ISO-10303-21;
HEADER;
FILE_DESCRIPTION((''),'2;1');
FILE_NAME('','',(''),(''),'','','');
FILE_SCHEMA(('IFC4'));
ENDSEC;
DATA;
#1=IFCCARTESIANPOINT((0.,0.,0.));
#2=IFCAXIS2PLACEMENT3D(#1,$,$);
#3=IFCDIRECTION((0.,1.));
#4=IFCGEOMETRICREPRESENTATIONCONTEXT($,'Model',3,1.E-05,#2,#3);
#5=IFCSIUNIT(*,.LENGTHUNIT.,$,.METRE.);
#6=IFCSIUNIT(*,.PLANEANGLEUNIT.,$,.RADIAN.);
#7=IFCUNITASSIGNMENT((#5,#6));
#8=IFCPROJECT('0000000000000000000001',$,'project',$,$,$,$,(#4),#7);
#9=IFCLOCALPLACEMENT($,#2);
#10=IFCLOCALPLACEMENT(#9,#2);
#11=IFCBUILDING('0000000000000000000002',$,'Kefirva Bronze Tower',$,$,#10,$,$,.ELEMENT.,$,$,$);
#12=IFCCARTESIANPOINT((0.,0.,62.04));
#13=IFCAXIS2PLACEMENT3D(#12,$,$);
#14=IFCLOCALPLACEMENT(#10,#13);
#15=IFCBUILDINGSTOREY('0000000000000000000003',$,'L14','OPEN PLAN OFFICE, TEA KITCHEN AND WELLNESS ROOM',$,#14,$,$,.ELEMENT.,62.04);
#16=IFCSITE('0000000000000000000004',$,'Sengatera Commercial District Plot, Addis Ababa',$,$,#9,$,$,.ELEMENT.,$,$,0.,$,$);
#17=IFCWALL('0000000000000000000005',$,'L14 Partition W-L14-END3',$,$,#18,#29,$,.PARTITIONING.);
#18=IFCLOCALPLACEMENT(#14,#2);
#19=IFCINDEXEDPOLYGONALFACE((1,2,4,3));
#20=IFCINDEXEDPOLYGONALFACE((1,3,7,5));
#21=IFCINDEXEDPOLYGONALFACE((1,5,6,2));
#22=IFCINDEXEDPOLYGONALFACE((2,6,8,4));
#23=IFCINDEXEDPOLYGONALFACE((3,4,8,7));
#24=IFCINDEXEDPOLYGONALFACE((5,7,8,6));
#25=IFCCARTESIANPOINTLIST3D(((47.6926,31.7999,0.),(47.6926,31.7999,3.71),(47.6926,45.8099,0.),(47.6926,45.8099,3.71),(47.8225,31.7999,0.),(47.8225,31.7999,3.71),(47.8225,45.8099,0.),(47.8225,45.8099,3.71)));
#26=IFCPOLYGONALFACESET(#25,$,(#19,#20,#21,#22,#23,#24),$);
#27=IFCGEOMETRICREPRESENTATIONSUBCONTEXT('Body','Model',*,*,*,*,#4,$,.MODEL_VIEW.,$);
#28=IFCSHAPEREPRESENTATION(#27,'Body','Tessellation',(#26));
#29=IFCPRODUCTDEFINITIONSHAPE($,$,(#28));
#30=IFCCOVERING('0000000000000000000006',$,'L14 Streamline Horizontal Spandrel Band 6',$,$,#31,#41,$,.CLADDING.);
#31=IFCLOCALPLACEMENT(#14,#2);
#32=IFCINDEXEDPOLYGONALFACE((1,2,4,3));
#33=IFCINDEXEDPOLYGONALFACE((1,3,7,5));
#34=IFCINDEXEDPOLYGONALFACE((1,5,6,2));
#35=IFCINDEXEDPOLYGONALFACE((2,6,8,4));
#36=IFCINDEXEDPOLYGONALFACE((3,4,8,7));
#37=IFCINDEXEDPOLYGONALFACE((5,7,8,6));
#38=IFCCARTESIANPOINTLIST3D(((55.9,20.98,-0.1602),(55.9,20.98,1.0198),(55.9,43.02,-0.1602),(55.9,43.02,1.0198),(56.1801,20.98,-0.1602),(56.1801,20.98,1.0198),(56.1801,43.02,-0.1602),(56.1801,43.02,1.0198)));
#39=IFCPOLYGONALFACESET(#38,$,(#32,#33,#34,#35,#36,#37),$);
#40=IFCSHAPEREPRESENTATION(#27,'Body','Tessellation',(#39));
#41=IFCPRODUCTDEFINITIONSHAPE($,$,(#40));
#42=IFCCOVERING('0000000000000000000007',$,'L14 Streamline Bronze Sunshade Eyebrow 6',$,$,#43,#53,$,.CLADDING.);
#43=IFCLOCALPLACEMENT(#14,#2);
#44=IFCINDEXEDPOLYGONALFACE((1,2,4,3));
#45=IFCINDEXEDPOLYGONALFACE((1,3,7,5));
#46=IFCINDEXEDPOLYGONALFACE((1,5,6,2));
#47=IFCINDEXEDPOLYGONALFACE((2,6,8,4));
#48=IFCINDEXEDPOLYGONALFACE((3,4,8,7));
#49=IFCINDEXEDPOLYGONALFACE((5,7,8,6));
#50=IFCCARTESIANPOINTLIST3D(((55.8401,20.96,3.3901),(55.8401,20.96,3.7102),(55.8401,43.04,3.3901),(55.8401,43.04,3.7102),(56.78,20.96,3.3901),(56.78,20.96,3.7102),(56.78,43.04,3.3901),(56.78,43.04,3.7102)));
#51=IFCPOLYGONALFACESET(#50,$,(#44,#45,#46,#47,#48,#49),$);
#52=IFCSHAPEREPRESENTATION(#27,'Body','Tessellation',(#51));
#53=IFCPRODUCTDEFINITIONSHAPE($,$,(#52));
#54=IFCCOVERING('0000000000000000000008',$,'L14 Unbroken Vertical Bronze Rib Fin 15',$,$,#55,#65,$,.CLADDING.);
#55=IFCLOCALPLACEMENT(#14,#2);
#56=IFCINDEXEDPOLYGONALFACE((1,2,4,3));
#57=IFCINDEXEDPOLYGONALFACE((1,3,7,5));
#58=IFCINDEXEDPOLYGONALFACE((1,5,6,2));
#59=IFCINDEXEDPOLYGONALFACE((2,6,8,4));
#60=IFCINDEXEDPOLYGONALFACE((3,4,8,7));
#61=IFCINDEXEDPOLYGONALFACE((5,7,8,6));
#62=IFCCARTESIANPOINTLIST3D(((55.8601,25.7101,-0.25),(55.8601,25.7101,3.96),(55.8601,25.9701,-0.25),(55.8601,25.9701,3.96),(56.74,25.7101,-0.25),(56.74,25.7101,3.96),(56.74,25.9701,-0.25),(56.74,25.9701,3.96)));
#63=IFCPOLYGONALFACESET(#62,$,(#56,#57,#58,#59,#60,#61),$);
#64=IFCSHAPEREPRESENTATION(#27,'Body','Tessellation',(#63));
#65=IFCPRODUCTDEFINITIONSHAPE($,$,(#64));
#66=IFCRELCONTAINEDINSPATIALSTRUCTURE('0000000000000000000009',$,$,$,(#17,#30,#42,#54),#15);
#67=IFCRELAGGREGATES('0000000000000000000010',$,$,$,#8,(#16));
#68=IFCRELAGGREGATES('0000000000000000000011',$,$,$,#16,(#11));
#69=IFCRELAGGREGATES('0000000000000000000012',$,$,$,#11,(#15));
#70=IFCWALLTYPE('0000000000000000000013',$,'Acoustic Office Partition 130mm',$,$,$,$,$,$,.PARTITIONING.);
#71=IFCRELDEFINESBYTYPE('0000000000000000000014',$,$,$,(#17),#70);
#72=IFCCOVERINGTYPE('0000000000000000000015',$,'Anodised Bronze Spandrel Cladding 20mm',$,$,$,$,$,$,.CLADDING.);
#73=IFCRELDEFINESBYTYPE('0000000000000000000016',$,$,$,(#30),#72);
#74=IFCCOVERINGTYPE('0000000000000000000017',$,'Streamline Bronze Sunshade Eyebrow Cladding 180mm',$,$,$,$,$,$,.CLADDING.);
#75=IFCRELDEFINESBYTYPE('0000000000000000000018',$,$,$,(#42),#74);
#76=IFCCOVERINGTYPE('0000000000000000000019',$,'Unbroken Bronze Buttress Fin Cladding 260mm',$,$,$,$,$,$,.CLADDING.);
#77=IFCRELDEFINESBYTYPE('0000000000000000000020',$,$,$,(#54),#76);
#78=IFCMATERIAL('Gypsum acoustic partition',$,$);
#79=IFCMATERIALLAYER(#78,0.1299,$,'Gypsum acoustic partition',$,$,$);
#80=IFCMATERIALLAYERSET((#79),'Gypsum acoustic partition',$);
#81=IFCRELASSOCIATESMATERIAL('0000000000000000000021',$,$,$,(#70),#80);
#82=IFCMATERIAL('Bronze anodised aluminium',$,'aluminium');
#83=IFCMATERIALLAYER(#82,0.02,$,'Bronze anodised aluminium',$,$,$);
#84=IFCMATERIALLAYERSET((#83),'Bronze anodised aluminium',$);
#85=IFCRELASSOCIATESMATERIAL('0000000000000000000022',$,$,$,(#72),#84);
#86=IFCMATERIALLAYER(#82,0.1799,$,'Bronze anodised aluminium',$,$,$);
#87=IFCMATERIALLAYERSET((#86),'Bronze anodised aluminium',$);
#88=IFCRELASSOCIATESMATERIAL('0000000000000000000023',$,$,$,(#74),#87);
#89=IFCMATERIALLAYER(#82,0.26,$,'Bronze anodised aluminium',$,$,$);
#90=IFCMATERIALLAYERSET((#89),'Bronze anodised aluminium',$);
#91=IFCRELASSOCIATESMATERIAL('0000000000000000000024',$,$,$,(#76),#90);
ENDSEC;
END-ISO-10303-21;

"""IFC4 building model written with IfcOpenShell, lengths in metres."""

from ifc_helpers import new_model, si_unit, direction, frame, frame_2d, origin, origin_2d, place, context, subcontext, project, spatial, rectangle, extrude, material, layer, layer_set, type_object, element, save


model = new_model("IFC4")

# Units and contexts
model_context = context("Model", 3, precision=1e-05, world=origin(), true_north=direction((0.0, 1.0)))
body_context = subcontext(model_context, "Body", "Model", "MODEL_VIEW")
ifc_project = project(units=[si_unit("LENGTHUNIT", "METRE"), si_unit("PLANEANGLEUNIT", "RADIAN")], contexts=[model_context])

# Site, building, storey
site_placement = place(None, origin())
site = spatial("IfcSite", under=ifc_project, at=site_placement, Name="Sengatera Commercial District Plot, Addis Ababa", CompositionType="ELEMENT", RefElevation=0.0)
building_placement = place(site_placement, origin())
building = spatial("IfcBuilding", under=site, at=building_placement, Name="Kefirva Bronze Tower", CompositionType="ELEMENT")
storey_placement = place(building_placement, frame((0.0, 0.0, 62.04)))
storey = spatial("IfcBuildingStorey", under=building, at=storey_placement, Name="L14", Description="OPEN PLAN OFFICE, TEA KITCHEN AND WELLNESS ROOM", CompositionType="ELEMENT", Elevation=62.04)

# Shared definitions
ifc_material_1 = material(Name="Bronze anodised aluminium", Category="aluminium")

# Wall
ifc_material_2 = material(Name="Gypsum acoustic partition")
ifc_layer_1 = layer(ifc_material_2, 0.1299, Name="Gypsum acoustic partition")
ifc_layer_set_1 = layer_set([ifc_layer_1], Name="Gypsum acoustic partition")
wall_type = type_object("IfcWallType", Name="Acoustic Office Partition 130mm", PredefinedType="PARTITIONING", material=ifc_layer_set_1)
wall_placement = place(storey_placement, frame((47.7576, 31.8, 0.0), z_axis=(0.0, 0.0, 1.0), x_axis=(0.0, 1.0, 0.0)))
element("IfcWall", 1, at=wall_placement, inside=storey, type_object=wall_type, Name="L14 Partition W-L14-END3", PredefinedType="PARTITIONING", context=body_context, shape_type="SweptSolid", body=[
    extrude(rectangle(XDim=14.01, YDim=0.1299, at=frame_2d((7.0049, 0.0))), origin(), (0.0, 0.0, 1.0), 3.71),
])

# Coverings
ifc_layer_2 = layer(ifc_material_1, 0.02, Name="Bronze anodised aluminium")
ifc_layer_set_2 = layer_set([ifc_layer_2], Name="Bronze anodised aluminium")
covering_type_1 = type_object("IfcCoveringType", Name="Anodised Bronze Spandrel Cladding 20mm", PredefinedType="CLADDING", material=ifc_layer_set_2)
covering_1_placement = place(storey_placement, frame((56.04, 32.0, -0.1602), z_axis=(0.0, 0.0, 1.0), x_axis=(0.0, 1.0, 0.0)))
element("IfcCovering", 2, at=covering_1_placement, inside=storey, type_object=covering_type_1, Name="L14 Streamline Horizontal Spandrel Band 6", PredefinedType="CLADDING", context=body_context, shape_type="SweptSolid", body=[
    extrude(rectangle(XDim=22.04, YDim=0.28, at=origin_2d()), origin(), (0.0, 0.0, 1.0), 1.1799),
])
ifc_layer_3 = layer(ifc_material_1, 0.1799, Name="Bronze anodised aluminium")
ifc_layer_set_3 = layer_set([ifc_layer_3], Name="Bronze anodised aluminium")
covering_type_2 = type_object("IfcCoveringType", Name="Streamline Bronze Sunshade Eyebrow Cladding 180mm", PredefinedType="CLADDING", material=ifc_layer_set_3)
covering_2_placement = place(storey_placement, frame((56.3101, 32.0, 3.3901), z_axis=(0.0, 0.0, 1.0), x_axis=(0.0, 1.0, 0.0)))
element("IfcCovering", 3, at=covering_2_placement, inside=storey, type_object=covering_type_2, Name="L14 Streamline Bronze Sunshade Eyebrow 6", PredefinedType="CLADDING", context=body_context, shape_type="SweptSolid", body=[
    extrude(rectangle(XDim=22.0801, YDim=0.9399, at=origin_2d()), origin(), (0.0, 0.0, 1.0), 0.3201),
])
ifc_layer_4 = layer(ifc_material_1, 0.26, Name="Bronze anodised aluminium")
ifc_layer_set_4 = layer_set([ifc_layer_4], Name="Bronze anodised aluminium")
covering_type_3 = type_object("IfcCoveringType", Name="Unbroken Bronze Buttress Fin Cladding 260mm", PredefinedType="CLADDING", material=ifc_layer_set_4)
covering_3_placement = place(storey_placement, frame((56.3, 25.8401, -0.25), z_axis=(0.0, 0.0, 1.0), x_axis=(0.0, 1.0, 0.0)))
element("IfcCovering", 4, at=covering_3_placement, inside=storey, type_object=covering_type_3, Name="L14 Unbroken Vertical Bronze Rib Fin 15", PredefinedType="CLADDING", context=body_context, shape_type="SweptSolid", body=[
    extrude(rectangle(XDim=0.26, YDim=0.8799, at=origin_2d()), origin(), (0.0, 0.0, 1.0), 4.21),
])

save(model, "model.ifc")
